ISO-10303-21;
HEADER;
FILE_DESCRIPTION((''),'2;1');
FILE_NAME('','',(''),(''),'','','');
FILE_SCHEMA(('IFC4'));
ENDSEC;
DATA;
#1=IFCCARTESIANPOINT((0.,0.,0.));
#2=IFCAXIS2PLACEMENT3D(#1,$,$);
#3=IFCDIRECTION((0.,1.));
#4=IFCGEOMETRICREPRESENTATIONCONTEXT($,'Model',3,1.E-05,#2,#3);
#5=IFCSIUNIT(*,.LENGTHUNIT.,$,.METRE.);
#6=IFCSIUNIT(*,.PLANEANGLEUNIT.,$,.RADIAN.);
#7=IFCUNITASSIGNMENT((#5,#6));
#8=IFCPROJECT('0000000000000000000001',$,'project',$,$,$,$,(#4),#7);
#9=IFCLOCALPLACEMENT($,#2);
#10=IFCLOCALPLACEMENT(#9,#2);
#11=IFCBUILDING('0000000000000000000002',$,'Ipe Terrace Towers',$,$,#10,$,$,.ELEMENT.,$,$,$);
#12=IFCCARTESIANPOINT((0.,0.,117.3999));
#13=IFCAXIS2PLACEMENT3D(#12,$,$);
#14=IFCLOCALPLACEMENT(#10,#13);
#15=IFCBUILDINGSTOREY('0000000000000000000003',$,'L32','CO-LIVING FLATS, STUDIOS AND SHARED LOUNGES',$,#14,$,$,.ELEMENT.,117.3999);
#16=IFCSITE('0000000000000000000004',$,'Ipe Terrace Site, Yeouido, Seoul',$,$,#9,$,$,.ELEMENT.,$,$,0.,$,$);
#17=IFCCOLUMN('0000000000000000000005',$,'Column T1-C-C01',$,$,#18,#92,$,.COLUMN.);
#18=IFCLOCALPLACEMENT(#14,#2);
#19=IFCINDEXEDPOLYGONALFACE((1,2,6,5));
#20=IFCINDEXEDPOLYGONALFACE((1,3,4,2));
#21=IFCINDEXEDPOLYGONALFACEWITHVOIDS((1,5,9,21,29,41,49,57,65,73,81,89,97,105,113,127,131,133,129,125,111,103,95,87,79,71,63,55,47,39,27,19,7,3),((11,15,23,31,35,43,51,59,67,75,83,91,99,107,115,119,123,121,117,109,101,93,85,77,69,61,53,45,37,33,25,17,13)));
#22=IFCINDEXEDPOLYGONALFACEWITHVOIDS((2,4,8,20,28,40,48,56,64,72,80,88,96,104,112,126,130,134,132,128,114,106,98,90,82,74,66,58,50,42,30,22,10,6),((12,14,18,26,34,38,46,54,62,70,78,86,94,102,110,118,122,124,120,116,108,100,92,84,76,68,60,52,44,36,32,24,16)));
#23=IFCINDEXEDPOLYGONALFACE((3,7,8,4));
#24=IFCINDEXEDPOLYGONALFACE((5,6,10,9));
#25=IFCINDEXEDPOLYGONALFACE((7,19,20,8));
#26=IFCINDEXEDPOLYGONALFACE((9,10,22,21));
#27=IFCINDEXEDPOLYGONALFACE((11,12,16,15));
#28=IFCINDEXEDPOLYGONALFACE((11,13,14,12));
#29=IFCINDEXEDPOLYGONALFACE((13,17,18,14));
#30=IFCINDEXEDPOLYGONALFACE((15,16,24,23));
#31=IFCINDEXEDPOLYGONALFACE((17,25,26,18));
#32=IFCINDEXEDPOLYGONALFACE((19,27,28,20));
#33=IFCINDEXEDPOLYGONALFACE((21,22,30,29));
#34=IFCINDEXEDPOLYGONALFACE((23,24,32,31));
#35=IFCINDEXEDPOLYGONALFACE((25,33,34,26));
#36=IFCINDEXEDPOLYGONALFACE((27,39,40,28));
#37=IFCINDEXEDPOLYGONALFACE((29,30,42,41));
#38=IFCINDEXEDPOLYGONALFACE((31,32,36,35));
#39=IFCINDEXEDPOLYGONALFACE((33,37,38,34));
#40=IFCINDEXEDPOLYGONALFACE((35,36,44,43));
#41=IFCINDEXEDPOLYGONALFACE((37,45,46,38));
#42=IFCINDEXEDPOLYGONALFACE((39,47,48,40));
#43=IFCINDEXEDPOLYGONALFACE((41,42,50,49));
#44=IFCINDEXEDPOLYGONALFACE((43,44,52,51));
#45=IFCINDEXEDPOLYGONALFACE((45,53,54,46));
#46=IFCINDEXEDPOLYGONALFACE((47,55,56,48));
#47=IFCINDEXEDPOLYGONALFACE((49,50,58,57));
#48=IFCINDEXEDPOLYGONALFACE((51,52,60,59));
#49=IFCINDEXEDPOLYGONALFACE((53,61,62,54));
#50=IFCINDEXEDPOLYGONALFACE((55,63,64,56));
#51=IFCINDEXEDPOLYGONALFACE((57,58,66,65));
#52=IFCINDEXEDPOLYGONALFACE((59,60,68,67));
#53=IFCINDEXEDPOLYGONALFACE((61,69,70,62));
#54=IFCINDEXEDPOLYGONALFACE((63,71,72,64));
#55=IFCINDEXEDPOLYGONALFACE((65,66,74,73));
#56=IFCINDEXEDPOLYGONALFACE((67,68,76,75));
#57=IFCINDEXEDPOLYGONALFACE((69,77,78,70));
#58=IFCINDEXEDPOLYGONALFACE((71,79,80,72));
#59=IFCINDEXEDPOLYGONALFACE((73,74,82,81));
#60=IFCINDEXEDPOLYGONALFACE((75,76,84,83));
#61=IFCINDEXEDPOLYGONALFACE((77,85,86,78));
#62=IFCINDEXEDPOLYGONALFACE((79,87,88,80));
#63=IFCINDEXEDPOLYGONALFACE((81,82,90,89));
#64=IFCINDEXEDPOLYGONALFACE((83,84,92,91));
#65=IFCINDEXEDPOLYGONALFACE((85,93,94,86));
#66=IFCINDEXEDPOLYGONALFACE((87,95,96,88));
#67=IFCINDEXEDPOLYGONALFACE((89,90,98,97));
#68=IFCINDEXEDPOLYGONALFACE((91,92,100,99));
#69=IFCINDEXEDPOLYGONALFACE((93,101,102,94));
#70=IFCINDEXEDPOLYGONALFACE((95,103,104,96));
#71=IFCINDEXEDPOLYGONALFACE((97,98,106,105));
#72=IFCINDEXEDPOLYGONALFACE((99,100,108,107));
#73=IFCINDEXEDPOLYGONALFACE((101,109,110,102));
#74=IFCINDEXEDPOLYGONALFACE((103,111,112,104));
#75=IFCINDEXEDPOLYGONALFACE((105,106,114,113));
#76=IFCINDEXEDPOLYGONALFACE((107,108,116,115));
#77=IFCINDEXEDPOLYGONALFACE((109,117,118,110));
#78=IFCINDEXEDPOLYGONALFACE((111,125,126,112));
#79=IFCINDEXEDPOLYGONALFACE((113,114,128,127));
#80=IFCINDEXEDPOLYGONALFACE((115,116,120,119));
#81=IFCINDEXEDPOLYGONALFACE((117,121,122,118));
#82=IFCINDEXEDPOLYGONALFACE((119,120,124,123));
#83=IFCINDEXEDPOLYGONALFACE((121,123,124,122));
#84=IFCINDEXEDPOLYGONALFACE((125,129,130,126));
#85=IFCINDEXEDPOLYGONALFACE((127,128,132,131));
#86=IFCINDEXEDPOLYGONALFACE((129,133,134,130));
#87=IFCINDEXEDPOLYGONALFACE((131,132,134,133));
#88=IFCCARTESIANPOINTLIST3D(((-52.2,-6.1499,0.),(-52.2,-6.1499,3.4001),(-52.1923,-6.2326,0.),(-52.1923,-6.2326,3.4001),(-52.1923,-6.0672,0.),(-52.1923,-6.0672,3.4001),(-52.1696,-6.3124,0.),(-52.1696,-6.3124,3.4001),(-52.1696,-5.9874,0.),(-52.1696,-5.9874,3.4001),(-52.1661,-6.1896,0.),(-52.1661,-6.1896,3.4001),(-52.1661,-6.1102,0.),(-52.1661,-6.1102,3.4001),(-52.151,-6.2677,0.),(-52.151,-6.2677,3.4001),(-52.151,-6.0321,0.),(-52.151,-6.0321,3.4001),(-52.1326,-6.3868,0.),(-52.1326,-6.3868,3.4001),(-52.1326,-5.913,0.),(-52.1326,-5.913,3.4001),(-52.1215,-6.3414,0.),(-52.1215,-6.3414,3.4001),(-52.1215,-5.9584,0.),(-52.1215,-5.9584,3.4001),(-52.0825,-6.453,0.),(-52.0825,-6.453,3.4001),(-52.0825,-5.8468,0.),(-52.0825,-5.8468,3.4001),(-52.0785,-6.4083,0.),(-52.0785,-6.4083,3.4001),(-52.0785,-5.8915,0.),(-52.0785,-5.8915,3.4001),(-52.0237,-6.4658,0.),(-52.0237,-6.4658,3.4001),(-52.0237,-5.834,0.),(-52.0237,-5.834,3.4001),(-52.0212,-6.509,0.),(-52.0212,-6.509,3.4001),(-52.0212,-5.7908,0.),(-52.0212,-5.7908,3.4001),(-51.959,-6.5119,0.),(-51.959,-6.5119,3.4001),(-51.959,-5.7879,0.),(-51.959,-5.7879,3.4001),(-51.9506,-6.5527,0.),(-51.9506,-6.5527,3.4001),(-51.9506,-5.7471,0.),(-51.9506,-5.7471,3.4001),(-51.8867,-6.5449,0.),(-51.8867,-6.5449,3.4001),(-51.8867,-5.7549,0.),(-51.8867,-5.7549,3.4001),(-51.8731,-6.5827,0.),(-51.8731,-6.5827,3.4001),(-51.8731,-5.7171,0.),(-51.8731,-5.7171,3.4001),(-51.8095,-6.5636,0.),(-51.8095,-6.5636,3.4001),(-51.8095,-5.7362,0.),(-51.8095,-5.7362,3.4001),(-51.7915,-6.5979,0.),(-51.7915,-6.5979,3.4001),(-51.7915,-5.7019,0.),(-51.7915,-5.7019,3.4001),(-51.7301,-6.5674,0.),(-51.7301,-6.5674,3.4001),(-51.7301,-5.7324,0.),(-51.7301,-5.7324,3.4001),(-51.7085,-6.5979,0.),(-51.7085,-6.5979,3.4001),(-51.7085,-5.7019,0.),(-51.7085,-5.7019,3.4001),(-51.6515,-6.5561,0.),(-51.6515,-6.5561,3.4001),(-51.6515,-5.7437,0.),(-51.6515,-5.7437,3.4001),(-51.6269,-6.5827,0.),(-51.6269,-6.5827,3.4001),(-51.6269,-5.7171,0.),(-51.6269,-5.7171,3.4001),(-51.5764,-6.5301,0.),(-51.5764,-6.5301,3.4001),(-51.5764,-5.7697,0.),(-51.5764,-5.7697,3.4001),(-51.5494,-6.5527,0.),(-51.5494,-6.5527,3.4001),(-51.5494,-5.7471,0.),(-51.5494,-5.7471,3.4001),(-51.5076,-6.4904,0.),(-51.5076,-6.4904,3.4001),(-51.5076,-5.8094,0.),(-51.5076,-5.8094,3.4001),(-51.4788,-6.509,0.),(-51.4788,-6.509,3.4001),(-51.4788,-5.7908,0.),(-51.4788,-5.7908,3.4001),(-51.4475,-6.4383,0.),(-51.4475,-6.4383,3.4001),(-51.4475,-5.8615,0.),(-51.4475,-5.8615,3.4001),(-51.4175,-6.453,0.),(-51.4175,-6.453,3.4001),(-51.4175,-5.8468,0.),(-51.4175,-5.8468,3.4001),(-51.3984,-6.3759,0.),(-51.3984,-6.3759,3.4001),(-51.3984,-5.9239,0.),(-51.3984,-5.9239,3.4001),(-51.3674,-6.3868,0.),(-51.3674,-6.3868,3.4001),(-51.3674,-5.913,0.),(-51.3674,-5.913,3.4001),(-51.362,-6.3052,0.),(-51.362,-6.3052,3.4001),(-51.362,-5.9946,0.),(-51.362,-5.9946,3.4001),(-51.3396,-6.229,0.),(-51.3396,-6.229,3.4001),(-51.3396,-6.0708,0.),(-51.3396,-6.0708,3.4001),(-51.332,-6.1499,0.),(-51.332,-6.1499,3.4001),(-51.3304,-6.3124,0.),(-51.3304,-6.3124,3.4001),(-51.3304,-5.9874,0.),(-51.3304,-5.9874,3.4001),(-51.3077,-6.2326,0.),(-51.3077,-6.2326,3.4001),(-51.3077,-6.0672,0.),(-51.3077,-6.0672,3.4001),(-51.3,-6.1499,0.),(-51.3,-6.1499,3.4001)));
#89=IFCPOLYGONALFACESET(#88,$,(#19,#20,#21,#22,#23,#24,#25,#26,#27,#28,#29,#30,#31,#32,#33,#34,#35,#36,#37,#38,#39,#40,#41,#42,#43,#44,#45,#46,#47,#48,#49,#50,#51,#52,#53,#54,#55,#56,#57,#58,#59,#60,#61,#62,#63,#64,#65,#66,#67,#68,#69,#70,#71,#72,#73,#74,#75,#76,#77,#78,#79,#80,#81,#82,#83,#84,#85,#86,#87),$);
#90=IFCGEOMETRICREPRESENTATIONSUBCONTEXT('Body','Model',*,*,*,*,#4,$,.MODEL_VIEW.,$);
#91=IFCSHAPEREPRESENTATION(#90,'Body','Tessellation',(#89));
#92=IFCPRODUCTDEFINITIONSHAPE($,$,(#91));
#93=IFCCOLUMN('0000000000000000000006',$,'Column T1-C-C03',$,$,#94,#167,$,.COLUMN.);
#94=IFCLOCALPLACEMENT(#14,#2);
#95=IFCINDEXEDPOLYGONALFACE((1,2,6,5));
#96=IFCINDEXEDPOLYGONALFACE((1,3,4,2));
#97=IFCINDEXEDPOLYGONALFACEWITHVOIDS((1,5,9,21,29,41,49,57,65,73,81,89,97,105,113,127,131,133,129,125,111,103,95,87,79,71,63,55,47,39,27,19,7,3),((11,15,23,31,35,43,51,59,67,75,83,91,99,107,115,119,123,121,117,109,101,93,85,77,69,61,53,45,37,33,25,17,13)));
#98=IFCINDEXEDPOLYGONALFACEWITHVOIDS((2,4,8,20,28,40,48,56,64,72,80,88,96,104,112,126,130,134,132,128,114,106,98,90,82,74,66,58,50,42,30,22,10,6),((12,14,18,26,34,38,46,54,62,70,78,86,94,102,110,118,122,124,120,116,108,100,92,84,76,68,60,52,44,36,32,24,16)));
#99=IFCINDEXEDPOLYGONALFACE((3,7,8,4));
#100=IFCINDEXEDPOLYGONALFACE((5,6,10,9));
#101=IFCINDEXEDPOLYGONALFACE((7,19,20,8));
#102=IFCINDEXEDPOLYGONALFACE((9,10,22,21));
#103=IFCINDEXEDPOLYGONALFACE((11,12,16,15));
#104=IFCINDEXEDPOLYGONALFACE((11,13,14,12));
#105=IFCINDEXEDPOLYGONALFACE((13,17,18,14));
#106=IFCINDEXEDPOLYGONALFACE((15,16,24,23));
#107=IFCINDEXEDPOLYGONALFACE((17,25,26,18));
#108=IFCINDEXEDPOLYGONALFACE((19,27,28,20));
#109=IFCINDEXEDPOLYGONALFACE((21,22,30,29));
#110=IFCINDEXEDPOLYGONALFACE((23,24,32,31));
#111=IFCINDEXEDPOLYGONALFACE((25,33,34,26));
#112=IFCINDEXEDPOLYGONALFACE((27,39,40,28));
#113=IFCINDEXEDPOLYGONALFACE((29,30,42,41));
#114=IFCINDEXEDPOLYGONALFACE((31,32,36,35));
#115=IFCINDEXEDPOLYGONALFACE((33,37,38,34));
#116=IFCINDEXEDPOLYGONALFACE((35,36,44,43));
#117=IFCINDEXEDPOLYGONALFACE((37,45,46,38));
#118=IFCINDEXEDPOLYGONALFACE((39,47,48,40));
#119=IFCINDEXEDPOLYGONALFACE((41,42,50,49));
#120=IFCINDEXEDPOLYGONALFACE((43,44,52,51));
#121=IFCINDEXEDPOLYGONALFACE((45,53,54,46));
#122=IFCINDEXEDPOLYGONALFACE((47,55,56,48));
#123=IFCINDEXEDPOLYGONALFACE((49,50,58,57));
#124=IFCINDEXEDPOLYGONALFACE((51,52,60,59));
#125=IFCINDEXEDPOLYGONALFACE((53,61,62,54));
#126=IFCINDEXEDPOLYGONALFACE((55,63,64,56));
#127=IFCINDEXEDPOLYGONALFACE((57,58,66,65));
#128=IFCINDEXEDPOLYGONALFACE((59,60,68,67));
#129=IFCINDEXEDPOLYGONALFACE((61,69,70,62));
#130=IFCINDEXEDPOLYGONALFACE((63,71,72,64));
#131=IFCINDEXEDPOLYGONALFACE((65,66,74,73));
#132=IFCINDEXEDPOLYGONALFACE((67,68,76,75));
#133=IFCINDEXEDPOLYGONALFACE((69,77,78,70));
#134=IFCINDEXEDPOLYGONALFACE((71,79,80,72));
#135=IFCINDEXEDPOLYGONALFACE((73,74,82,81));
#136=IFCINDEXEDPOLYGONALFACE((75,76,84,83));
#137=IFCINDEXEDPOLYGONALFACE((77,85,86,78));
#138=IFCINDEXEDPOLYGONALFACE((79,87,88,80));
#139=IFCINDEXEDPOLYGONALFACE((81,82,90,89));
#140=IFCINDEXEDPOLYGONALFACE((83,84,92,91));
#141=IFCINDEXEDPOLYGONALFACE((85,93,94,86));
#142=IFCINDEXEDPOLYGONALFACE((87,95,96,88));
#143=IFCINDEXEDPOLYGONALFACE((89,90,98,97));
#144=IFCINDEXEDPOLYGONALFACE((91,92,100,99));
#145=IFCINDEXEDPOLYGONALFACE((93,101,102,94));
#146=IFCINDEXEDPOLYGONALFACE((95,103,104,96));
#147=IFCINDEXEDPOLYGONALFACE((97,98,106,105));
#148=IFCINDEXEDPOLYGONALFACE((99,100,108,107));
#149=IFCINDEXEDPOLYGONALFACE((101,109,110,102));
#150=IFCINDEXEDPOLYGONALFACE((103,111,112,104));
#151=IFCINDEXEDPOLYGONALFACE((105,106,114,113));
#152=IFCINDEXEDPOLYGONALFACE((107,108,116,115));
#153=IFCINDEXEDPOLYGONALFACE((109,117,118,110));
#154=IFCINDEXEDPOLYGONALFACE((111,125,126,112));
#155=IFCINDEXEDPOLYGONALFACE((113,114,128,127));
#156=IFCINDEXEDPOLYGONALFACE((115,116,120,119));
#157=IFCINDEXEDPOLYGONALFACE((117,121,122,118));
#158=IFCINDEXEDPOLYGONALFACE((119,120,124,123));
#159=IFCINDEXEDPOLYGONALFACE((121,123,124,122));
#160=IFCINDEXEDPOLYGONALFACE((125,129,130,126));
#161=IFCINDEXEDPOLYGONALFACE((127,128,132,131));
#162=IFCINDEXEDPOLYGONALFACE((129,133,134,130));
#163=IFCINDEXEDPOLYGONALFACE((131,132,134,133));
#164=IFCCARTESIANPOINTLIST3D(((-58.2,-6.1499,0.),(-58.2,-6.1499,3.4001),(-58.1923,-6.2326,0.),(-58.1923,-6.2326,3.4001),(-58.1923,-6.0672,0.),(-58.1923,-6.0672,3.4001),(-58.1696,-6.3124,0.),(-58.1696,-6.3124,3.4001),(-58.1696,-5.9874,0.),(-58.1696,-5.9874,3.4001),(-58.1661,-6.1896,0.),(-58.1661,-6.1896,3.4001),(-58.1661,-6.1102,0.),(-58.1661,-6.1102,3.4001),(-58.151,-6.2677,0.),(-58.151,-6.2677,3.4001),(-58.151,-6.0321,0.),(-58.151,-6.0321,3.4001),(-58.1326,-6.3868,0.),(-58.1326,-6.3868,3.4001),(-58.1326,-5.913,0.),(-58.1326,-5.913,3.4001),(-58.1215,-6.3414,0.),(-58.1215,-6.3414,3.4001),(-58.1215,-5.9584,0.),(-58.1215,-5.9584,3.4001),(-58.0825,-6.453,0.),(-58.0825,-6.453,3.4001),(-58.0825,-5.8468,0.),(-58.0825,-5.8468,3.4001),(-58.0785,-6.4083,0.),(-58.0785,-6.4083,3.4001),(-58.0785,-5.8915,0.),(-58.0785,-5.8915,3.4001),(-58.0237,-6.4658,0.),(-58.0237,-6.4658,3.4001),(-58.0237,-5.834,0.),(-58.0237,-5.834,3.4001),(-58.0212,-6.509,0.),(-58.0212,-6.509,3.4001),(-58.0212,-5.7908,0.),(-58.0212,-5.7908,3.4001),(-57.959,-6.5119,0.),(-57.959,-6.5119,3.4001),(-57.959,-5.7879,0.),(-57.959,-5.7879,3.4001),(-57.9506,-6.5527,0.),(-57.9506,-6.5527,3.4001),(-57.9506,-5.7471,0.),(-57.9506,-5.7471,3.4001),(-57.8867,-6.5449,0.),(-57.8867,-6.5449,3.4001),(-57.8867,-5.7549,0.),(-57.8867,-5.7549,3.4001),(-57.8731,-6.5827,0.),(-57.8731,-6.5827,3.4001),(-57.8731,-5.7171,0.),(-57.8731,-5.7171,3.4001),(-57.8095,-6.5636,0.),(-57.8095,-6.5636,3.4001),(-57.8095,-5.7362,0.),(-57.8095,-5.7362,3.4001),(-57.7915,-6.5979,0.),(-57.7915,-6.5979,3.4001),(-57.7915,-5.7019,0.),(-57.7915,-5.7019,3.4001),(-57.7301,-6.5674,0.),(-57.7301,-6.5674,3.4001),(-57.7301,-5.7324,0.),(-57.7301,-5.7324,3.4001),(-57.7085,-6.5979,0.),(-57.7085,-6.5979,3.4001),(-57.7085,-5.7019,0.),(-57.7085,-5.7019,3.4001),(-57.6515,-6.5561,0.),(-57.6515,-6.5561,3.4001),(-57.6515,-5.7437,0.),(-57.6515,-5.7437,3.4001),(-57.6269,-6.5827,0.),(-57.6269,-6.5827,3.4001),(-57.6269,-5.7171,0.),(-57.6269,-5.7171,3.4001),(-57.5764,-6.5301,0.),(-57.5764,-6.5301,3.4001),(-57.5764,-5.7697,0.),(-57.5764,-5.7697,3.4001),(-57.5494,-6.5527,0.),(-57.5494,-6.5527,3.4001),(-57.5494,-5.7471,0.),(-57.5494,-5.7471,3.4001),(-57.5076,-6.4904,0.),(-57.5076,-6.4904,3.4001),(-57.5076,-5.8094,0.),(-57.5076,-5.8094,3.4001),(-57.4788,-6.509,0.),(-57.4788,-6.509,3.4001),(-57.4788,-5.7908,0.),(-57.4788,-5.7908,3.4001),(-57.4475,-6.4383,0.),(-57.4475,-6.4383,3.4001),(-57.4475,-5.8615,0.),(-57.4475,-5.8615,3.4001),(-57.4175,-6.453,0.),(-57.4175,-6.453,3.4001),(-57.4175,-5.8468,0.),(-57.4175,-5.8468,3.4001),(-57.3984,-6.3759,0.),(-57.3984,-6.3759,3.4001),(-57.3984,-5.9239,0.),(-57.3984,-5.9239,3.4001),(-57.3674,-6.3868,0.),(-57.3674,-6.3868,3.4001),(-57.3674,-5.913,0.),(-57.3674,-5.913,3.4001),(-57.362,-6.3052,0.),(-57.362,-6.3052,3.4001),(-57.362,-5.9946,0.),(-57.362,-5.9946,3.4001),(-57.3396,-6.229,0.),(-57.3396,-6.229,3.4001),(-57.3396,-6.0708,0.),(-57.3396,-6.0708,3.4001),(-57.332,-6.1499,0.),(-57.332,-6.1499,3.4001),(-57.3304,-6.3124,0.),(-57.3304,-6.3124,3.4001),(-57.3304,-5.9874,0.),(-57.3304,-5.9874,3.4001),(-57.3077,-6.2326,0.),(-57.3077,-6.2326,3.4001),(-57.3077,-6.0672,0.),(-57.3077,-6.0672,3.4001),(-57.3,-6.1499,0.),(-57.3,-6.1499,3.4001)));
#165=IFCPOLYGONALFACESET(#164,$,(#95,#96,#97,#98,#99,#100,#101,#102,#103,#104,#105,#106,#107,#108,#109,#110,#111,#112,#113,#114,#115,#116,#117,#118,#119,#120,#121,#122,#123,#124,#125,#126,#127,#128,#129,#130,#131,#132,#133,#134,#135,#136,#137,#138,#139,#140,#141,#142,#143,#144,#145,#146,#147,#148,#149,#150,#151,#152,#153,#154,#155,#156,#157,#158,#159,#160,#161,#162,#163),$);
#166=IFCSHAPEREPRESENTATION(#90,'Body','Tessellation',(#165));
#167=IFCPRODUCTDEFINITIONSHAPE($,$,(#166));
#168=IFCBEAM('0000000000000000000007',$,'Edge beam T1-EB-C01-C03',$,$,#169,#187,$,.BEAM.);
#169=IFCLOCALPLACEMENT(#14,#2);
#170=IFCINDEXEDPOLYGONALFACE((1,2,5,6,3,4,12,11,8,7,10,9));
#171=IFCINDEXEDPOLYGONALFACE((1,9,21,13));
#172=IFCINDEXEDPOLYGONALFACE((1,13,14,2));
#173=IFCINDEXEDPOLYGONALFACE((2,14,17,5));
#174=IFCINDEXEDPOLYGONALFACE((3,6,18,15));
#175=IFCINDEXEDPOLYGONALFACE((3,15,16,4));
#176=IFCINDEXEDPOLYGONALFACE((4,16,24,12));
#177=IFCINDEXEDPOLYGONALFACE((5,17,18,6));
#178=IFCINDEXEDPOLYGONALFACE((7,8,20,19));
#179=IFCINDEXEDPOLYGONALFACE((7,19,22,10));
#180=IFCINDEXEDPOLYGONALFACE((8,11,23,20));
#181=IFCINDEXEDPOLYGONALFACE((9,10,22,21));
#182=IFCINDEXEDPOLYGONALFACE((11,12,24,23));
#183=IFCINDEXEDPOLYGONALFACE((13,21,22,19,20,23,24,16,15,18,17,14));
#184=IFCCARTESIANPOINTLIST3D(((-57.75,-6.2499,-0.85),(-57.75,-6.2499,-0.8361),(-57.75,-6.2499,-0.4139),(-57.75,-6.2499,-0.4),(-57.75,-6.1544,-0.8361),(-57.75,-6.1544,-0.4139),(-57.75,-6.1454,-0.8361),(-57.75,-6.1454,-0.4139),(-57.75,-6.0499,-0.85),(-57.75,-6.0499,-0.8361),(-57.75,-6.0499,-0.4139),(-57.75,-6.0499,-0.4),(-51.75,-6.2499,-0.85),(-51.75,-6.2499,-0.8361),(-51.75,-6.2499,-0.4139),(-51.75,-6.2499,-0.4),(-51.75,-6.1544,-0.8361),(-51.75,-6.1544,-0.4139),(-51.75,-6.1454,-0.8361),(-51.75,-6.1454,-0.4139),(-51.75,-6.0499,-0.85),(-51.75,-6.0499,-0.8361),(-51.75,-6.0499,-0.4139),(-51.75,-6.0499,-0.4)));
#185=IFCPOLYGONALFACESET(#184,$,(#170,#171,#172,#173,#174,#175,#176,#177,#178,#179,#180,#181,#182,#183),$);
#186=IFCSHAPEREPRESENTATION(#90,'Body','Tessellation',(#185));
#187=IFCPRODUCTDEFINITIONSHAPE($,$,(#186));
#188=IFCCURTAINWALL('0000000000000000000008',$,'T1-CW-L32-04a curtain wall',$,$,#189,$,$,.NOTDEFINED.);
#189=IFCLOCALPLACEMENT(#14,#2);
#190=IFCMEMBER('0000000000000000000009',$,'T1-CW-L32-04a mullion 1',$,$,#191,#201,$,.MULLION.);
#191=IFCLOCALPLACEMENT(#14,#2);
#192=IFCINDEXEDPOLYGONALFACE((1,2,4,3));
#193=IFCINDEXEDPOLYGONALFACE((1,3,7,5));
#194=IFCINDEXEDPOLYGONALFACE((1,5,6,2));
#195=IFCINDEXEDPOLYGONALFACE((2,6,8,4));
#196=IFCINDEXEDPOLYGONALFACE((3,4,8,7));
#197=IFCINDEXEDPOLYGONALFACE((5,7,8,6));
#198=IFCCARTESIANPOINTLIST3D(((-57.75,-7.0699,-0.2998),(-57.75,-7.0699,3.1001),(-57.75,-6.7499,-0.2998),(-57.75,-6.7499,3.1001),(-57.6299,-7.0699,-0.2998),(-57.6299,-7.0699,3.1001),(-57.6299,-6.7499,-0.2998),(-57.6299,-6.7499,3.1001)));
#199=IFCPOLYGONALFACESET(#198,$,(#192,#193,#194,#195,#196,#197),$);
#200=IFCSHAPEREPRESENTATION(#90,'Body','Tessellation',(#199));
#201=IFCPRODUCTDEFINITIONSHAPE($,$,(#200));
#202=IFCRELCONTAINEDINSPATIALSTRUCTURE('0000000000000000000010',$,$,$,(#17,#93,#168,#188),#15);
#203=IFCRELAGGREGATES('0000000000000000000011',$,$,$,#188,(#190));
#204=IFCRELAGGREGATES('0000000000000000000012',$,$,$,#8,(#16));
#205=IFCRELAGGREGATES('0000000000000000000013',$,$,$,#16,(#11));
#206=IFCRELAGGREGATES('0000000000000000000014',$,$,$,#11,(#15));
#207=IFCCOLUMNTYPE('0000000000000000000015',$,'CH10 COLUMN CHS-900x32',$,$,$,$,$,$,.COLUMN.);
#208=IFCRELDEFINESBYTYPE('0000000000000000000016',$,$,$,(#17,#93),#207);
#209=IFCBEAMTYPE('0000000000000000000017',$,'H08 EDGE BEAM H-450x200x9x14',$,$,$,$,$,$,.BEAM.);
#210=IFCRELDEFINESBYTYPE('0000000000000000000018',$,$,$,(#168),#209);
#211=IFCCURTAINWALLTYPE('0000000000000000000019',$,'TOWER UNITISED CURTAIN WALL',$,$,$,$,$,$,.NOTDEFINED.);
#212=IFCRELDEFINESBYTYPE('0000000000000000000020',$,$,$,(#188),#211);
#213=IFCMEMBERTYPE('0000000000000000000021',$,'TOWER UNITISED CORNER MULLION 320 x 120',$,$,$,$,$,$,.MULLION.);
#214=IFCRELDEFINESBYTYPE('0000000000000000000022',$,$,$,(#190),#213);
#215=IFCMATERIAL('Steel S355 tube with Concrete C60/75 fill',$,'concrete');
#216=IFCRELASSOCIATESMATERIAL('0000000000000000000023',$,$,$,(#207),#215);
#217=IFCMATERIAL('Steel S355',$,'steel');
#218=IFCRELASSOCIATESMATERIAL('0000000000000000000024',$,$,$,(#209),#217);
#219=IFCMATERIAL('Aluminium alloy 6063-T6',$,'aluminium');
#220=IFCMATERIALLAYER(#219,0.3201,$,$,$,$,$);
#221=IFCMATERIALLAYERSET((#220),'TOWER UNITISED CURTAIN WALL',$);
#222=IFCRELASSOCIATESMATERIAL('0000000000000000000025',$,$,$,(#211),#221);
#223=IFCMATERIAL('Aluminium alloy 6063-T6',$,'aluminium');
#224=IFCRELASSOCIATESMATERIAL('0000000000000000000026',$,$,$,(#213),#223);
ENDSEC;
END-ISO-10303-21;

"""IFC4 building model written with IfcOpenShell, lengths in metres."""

from ifc_helpers import new_model, si_unit, direction, frame, origin, origin_2d, place, context, subcontext, project, spatial, rectangle, hollow_circle, i_section, extrude, material, layer, layer_set, material_profile, profile_set, type_object, element, aggregate, save


model = new_model("IFC4")

# Units and contexts
model_context = context("Model", 3, precision=1e-05, world=origin(), true_north=direction((0.0, 1.0)))
body_context = subcontext(model_context, "Body", "Model", "MODEL_VIEW")
ifc_project = project(units=[si_unit("LENGTHUNIT", "METRE"), si_unit("PLANEANGLEUNIT", "RADIAN")], contexts=[model_context])

# Site, building, storey
site_placement = place(None, origin())
site = spatial("IfcSite", under=ifc_project, at=site_placement, Name="Ipe Terrace Site, Yeouido, Seoul", CompositionType="ELEMENT", RefElevation=0.0)
building_placement = place(site_placement, origin())
building = spatial("IfcBuilding", under=site, at=building_placement, Name="Ipe Terrace Towers", CompositionType="ELEMENT")
storey_placement = place(building_placement, frame((0.0, 0.0, 117.3999)))
storey = spatial("IfcBuildingStorey", under=building, at=storey_placement, Name="L32", Description="CO-LIVING FLATS, STUDIOS AND SHARED LOUNGES", CompositionType="ELEMENT", Elevation=117.3999)

# Columns
ifc_material_1 = material(Name="Steel S355 tube with Concrete C60/75 fill", Category="concrete")
ifc_material_profile_1 = material_profile(ifc_material_1, hollow_circle(Radius=0.45, WallThickness=0.032, at=origin_2d()), Name="CHS-900x32")
ifc_profile_set_1 = profile_set([ifc_material_profile_1], Name="Steel S355 tube with Concrete C60/75 fill")
column_type = type_object("IfcColumnType", Name="CH10 COLUMN CHS-900x32", PredefinedType="COLUMN", material=ifc_profile_set_1)
for number, where, z_axis, x_axis, name in (
    (1, (-51.75, -6.1499, 0.0), (0.0, 0.0, 1.0), (1.0, 0.0, 0.0), "Column T1-C-C01"),
    (2, (-57.75, -6.1499, 0.0), (0.0, 0.0, 1.0), (1.0, 0.0, 0.0), "Column T1-C-C03"),
):
    element("IfcColumn", number, at=place(storey_placement, frame(where, z_axis=z_axis, x_axis=x_axis)), inside=storey, type_object=column_type, Name=name, PredefinedType="COLUMN", context=body_context, shape_type="SweptSolid", body=[
        extrude(hollow_circle(Radius=0.45, WallThickness=0.032, at=origin_2d()), origin(), (0.0, 0.0, 1.0), 3.4001),
    ])

# Beam
ifc_material_2 = material(Name="Steel S355", Category="steel")
ifc_material_profile_2 = material_profile(ifc_material_2, i_section(OverallWidth=0.2, OverallDepth=0.45, WebThickness=0.009, FlangeThickness=0.0139, at=origin_2d()), Name="H-450x200x9x14")
ifc_profile_set_2 = profile_set([ifc_material_profile_2], Name="Steel S355")
beam_type = type_object("IfcBeamType", Name="H08 EDGE BEAM H-450x200x9x14", PredefinedType="BEAM", material=ifc_profile_set_2)
beam_placement = place(storey_placement, frame((-51.75, -6.1499, -0.625), z_axis=(-1.0, 0.0, 0.0), x_axis=(0.0, -1.0, 0.0)))
element("IfcBeam", 3, at=beam_placement, inside=storey, type_object=beam_type, Name="Edge beam T1-EB-C01-C03", PredefinedType="BEAM", context=body_context, shape_type="SweptSolid", body=[
    extrude(i_section(OverallWidth=0.2, OverallDepth=0.45, WebThickness=0.009, FlangeThickness=0.0139, at=origin_2d()), origin(), (0.0, 0.0, 1.0), 6.0),
])

# Curtain wall, member
ifc_material_3 = material(Name="Aluminium alloy 6063-T6", Category="aluminium")
ifc_layer_1 = layer(ifc_material_3, 0.3201)
ifc_layer_set_1 = layer_set([ifc_layer_1], Name="TOWER UNITISED CURTAIN WALL")
curtain_wall_type = type_object("IfcCurtainWallType", Name="TOWER UNITISED CURTAIN WALL", PredefinedType="NOTDEFINED", material=ifc_layer_set_1)
curtain_wall_1_placement = place(storey_placement, origin())
curtain_wall_1 = element("IfcCurtainWall", 4, at=curtain_wall_1_placement, inside=storey, type_object=curtain_wall_type, Name="T1-CW-L32-04a curtain wall", PredefinedType="NOTDEFINED")
ifc_material_4 = material(Name="Aluminium alloy 6063-T6", Category="aluminium")
ifc_material_profile_3 = material_profile(ifc_material_4, rectangle(XDim=0.3201, YDim=0.1201, at=origin_2d()), Name="TOWER UNITISED CORNER MULLION 320 x 120")
ifc_profile_set_3 = profile_set([ifc_material_profile_3], Name="Aluminium alloy 6063-T6")
member_type = type_object("IfcMemberType", Name="TOWER UNITISED CORNER MULLION 320 x 120", PredefinedType="MULLION", material=ifc_profile_set_3)
member_1_placement = place(storey_placement, frame((-57.6899, -6.9099, -0.2998), z_axis=(0.0, 0.0, 1.0), x_axis=(0.0, -1.0, 0.0)))
member_1 = element("IfcMember", 5, at=member_1_placement, type_object=member_type, Name="T1-CW-L32-04a mullion 1", PredefinedType="MULLION", context=body_context, shape_type="SweptSolid", body=[
    extrude(rectangle(XDim=0.3201, YDim=0.1201, at=origin_2d()), origin(), (0.0, 0.0, 1.0), 3.3999),
])

aggregate(curtain_wall_1, [member_1])

save(model, "model.ifc")
